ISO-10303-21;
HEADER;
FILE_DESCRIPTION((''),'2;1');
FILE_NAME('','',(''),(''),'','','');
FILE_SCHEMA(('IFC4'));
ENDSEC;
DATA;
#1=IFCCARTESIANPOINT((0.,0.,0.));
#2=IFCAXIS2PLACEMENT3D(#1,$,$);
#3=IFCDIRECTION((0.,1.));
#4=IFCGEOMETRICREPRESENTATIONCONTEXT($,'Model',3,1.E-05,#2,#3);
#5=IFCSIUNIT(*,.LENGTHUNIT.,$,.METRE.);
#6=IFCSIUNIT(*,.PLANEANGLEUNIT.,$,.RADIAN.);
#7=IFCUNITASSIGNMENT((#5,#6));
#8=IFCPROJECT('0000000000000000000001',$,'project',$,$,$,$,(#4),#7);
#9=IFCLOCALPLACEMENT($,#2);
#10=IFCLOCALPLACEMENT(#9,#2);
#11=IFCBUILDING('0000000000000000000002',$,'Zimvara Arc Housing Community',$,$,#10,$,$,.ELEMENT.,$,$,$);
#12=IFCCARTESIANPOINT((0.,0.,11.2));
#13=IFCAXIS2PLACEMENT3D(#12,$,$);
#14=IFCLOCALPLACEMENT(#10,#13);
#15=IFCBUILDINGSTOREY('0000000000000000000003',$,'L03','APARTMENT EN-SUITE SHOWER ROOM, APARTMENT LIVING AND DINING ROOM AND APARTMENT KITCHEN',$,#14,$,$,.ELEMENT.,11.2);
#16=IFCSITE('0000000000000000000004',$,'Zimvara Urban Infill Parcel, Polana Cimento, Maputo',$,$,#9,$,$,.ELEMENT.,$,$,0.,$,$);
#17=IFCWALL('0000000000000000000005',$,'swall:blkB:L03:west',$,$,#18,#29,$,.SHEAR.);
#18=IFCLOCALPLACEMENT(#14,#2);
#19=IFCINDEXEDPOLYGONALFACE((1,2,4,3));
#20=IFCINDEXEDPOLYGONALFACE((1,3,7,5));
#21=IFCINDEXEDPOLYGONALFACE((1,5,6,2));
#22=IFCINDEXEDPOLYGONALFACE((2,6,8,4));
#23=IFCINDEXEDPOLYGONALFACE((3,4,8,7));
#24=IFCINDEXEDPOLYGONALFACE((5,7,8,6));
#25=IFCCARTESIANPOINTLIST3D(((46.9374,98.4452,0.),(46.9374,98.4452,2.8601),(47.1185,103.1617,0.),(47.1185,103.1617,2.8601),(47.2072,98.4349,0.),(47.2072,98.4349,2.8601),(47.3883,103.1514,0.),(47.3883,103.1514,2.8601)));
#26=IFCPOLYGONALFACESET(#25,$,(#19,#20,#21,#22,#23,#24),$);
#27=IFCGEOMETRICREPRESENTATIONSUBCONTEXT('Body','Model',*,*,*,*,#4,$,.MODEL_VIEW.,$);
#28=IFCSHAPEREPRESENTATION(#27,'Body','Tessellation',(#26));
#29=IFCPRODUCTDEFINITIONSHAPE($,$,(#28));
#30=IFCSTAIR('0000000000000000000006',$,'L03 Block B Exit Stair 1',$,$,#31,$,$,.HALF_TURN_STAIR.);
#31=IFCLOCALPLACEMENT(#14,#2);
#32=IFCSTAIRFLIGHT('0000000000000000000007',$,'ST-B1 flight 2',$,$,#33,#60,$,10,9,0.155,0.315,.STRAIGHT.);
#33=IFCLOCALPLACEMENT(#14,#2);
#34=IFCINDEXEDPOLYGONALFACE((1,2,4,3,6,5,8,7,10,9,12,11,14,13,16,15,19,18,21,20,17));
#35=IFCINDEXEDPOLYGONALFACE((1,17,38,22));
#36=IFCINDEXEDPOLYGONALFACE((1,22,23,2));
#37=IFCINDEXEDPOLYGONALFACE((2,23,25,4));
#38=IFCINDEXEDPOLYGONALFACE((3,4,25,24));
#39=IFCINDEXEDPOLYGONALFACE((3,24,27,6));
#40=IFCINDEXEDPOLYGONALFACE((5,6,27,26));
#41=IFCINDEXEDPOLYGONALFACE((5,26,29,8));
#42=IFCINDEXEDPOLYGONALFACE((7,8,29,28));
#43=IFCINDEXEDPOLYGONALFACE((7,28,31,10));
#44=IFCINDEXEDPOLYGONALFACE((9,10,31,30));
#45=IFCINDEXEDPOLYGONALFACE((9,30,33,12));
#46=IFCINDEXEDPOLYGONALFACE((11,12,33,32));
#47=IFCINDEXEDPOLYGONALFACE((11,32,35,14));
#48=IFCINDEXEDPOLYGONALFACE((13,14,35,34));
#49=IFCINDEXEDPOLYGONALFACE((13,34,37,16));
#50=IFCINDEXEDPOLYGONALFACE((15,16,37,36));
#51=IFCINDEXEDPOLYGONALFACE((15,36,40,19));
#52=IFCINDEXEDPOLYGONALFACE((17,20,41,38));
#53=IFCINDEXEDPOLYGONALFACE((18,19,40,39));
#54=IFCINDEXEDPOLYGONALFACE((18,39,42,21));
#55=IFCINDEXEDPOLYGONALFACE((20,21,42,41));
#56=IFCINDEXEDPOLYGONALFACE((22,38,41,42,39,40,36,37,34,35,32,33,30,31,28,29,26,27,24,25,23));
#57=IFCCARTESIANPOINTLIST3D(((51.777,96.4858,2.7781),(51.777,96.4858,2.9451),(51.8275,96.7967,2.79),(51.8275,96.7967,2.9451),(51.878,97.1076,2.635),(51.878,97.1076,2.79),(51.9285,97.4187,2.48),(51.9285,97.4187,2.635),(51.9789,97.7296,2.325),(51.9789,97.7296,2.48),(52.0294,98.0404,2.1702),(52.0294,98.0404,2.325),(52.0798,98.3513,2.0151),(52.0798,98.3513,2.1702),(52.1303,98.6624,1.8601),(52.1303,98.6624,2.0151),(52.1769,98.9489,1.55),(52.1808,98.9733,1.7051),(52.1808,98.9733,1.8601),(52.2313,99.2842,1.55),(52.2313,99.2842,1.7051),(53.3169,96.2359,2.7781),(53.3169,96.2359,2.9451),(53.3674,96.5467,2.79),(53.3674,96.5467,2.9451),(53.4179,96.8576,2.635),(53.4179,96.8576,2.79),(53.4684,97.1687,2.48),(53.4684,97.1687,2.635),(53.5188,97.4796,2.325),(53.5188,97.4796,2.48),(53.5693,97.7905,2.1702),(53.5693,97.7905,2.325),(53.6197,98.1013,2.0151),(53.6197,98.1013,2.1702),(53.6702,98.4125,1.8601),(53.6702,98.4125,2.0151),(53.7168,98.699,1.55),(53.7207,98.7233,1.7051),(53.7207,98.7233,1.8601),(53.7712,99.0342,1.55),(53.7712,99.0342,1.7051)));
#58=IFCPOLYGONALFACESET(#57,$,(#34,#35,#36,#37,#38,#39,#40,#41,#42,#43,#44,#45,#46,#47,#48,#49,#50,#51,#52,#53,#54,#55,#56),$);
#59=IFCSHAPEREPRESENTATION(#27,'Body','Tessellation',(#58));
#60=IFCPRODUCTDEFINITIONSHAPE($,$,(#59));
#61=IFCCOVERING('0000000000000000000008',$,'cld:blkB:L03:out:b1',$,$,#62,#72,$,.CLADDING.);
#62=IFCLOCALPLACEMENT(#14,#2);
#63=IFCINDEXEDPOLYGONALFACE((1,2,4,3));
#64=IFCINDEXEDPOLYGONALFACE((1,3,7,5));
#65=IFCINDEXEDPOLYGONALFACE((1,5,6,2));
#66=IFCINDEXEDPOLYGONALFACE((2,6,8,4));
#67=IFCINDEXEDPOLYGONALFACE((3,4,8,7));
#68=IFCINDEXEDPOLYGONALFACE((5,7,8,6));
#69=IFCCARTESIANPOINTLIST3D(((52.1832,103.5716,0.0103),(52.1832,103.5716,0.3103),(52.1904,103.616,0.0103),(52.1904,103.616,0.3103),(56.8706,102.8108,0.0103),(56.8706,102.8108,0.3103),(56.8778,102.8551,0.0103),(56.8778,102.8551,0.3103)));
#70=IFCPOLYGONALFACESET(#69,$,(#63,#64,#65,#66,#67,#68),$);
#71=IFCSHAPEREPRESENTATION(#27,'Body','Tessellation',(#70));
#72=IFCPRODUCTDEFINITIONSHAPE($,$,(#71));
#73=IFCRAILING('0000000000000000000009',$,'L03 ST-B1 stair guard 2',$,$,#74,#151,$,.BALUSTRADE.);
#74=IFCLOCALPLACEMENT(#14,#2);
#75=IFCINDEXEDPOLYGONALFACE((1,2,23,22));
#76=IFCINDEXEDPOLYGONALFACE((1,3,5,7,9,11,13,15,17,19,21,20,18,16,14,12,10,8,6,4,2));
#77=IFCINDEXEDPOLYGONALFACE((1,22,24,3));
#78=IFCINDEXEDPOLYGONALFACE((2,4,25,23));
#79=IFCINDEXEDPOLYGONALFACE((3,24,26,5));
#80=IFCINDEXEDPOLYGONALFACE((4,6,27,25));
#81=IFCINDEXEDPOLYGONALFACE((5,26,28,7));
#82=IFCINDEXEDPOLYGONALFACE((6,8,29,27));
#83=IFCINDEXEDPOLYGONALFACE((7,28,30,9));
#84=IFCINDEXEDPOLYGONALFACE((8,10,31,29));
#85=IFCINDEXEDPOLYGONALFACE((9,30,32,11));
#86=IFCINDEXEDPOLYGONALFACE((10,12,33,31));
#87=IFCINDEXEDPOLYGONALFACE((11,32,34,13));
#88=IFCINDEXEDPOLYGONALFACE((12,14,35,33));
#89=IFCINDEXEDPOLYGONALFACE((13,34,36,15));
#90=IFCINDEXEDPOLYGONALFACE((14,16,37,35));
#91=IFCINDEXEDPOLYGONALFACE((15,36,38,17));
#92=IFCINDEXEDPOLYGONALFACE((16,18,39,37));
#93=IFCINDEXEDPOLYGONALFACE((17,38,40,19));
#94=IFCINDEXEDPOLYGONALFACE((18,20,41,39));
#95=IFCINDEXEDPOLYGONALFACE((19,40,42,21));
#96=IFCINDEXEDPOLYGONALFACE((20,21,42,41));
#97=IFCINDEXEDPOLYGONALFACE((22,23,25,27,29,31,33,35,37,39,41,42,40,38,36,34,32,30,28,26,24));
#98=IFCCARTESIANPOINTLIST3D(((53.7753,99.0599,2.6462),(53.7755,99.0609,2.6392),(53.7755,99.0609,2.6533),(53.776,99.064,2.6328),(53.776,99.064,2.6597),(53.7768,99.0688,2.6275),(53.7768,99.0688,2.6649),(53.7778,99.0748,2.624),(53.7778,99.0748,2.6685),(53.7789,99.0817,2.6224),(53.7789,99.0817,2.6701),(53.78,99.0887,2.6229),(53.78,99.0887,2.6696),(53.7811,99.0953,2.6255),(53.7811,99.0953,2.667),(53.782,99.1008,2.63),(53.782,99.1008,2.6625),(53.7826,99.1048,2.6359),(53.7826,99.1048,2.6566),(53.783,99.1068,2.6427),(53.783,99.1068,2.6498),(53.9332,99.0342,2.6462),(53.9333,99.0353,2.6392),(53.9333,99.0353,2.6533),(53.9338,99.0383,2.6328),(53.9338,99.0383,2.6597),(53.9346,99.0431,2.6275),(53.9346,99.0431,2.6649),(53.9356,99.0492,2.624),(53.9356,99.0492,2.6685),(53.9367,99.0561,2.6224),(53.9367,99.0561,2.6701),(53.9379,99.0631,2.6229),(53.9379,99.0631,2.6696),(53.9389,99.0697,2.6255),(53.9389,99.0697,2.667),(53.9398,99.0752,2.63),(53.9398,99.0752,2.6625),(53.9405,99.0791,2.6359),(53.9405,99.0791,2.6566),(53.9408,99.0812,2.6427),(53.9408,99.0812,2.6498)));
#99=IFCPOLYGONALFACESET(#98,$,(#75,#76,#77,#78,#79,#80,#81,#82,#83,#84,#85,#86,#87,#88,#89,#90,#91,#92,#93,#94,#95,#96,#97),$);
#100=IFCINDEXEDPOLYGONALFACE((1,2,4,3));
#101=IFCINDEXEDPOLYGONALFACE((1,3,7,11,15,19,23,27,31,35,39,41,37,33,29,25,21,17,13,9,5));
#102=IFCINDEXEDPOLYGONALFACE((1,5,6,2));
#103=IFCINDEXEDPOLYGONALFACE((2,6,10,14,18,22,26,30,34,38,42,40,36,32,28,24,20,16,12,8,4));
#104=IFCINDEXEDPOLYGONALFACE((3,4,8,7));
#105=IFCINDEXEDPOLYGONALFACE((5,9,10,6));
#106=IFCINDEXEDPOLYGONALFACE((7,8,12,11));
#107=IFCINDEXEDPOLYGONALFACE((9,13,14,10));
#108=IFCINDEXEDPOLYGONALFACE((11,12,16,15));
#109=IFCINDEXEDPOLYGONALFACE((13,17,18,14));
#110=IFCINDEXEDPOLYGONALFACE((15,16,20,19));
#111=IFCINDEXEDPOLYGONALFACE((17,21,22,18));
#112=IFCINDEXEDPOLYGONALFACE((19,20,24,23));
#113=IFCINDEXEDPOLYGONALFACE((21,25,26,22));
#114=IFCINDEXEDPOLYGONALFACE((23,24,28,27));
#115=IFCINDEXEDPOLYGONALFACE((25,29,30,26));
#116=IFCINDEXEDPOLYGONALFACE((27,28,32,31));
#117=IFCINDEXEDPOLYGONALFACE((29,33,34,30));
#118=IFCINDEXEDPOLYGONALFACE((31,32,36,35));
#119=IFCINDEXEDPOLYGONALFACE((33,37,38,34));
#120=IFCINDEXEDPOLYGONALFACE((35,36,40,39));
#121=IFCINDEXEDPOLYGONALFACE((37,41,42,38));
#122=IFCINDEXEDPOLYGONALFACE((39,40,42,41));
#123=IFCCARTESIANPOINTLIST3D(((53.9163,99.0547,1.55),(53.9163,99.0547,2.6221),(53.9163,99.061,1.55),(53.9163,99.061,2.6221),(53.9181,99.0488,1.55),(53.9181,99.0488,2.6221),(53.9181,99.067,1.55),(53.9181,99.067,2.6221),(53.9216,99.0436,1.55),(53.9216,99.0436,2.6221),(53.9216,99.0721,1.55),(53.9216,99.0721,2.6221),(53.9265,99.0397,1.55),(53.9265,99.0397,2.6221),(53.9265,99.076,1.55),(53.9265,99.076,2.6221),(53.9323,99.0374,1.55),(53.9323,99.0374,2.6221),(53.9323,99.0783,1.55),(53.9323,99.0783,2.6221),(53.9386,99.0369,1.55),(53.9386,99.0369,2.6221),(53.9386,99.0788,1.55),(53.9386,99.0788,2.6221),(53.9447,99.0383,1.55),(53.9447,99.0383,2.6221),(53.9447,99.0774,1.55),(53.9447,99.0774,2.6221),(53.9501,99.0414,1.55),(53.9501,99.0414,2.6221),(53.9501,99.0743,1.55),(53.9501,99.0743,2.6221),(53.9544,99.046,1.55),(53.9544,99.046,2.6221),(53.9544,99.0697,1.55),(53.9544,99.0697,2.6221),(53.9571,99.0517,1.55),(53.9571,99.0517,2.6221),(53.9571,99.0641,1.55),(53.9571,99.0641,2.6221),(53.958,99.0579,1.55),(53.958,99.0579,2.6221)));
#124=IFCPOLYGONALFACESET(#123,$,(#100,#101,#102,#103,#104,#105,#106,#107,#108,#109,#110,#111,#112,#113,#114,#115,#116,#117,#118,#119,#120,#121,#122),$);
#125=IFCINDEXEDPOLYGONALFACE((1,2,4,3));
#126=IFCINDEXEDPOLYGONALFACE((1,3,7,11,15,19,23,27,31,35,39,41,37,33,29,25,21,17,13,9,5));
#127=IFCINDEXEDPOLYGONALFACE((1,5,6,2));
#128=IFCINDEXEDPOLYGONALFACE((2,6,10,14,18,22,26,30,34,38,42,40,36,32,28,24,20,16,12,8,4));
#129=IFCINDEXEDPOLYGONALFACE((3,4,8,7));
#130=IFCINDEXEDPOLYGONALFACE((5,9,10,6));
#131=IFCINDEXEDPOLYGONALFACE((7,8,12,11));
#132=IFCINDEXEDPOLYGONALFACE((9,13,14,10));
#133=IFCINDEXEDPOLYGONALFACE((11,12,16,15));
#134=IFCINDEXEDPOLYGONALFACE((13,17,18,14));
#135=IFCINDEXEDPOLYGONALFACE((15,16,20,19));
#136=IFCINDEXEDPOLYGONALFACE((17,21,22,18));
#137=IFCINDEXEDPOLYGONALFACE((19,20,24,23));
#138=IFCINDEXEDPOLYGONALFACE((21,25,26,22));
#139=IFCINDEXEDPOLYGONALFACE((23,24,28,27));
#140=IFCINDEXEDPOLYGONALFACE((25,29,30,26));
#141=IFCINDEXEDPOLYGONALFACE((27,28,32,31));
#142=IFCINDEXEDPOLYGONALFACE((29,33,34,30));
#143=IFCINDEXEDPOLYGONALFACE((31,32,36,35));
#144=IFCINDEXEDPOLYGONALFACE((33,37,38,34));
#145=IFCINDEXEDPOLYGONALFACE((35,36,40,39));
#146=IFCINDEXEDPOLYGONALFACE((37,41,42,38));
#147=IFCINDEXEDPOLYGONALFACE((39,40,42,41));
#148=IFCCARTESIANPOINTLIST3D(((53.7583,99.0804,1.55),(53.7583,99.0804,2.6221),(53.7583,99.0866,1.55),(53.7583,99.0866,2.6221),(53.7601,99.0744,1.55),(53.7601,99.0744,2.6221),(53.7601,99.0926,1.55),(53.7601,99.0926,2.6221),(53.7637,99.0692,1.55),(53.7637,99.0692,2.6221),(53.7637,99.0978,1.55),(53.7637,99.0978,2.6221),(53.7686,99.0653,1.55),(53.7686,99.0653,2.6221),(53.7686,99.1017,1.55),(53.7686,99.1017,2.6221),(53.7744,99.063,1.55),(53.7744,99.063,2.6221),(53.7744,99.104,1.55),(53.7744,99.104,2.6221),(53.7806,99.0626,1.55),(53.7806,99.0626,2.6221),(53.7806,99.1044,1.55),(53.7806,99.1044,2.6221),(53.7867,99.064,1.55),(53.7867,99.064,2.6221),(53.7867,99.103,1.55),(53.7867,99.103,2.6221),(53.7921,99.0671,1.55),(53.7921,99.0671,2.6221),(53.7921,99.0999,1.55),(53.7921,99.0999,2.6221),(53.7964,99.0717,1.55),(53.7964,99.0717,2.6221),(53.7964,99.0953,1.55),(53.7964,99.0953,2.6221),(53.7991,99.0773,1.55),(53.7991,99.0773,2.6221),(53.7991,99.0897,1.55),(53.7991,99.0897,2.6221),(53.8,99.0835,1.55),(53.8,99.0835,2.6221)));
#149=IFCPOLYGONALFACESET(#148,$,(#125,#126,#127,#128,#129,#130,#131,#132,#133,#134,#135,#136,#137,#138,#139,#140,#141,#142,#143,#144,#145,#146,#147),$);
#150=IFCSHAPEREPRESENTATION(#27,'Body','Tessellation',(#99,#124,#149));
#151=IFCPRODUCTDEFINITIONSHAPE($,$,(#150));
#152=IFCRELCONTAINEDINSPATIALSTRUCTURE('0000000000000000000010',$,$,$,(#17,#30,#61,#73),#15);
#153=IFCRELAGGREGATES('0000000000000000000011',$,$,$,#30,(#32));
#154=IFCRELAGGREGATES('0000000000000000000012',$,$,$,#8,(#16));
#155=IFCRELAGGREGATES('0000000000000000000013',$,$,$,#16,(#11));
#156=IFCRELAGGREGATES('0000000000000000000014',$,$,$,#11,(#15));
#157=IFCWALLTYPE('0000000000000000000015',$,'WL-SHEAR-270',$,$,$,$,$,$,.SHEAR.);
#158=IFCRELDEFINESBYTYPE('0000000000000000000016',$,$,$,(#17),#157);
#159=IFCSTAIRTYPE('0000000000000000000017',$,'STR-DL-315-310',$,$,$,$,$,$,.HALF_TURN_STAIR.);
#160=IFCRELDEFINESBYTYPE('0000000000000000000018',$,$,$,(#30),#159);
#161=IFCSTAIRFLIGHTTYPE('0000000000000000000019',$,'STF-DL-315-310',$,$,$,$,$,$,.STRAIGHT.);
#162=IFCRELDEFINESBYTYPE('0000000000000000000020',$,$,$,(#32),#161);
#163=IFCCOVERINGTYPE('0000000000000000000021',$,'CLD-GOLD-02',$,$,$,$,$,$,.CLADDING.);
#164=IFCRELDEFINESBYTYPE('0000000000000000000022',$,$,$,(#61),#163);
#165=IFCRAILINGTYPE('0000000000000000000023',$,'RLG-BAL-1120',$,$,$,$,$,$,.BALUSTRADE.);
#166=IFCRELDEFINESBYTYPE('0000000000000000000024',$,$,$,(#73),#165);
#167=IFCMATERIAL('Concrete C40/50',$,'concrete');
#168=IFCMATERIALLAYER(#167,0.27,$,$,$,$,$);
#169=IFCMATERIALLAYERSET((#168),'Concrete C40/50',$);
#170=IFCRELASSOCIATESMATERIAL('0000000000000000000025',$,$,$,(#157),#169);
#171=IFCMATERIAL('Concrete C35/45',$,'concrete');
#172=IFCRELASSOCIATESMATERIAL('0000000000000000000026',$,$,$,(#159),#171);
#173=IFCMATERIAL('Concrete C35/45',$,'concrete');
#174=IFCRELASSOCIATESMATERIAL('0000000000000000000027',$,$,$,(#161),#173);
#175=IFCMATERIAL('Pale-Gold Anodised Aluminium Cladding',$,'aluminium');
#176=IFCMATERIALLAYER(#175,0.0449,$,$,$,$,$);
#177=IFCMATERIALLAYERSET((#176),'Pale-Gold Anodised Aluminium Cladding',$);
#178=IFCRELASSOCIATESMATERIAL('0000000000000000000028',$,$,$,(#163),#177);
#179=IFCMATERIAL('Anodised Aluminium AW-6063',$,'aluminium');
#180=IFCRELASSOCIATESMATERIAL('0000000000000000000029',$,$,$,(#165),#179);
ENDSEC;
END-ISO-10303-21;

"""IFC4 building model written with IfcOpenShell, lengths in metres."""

from ifc_helpers import new_model, si_unit, direction, frame, frame_2d, origin, origin_2d, place, context, subcontext, project, spatial, polyline, rectangle, circle, outline, extrude, material, layer, layer_set, type_object, element, aggregate, save


model = new_model("IFC4")

# Units and contexts
model_context = context("Model", 3, precision=1e-05, world=origin(), true_north=direction((0.0, 1.0)))
body_context = subcontext(model_context, "Body", "Model", "MODEL_VIEW")
ifc_project = project(units=[si_unit("LENGTHUNIT", "METRE"), si_unit("PLANEANGLEUNIT", "RADIAN")], contexts=[model_context])

# Site, building, storey
site_placement = place(None, origin())
site = spatial("IfcSite", under=ifc_project, at=site_placement, Name="Zimvara Urban Infill Parcel, Polana Cimento, Maputo", CompositionType="ELEMENT", RefElevation=0.0)
building_placement = place(site_placement, origin())
building = spatial("IfcBuilding", under=site, at=building_placement, Name="Zimvara Arc Housing Community", CompositionType="ELEMENT")
storey_placement = place(building_placement, frame((0.0, 0.0, 11.2)))
storey = spatial("IfcBuildingStorey", under=building, at=storey_placement, Name="L03", Description="APARTMENT EN-SUITE SHOWER ROOM, APARTMENT LIVING AND DINING ROOM AND APARTMENT KITCHEN", CompositionType="ELEMENT", Elevation=11.2)

# Wall
ifc_material_1 = material(Name="Concrete C40/50", Category="concrete")
ifc_layer_1 = layer(ifc_material_1, 0.27)
ifc_layer_set_1 = layer_set([ifc_layer_1], Name="Concrete C40/50")
wall_type_1 = type_object("IfcWallType", Name="WL-SHEAR-270", PredefinedType="SHEAR", material=ifc_layer_set_1)
wall_1_placement = place(storey_placement, frame((47.0723, 98.4402, 0.0), z_axis=(0.0, 0.0, 1.0), x_axis=(0.038379, 0.999263, 0.0)))
element("IfcWall", 1, at=wall_1_placement, inside=storey, type_object=wall_type_1, Name="swall:blkB:L03:west", PredefinedType="SHEAR", context=body_context, shape_type="SweptSolid", body=[
    extrude(rectangle(XDim=4.72, YDim=0.27, at=frame_2d((2.3599, 0.0))), origin(), (0.0, 0.0, 1.0), 2.8601),
])

# Stair, stair flight
ifc_material_2 = material(Name="Concrete C35/45", Category="concrete")
stair_type = type_object("IfcStairType", Name="STR-DL-315-310", PredefinedType="HALF_TURN_STAIR", material=ifc_material_2)
stair_placement = place(storey_placement, origin())
stair = element("IfcStair", 2, at=stair_placement, inside=storey, type_object=stair_type, Name="L03 Block B Exit Stair 1", PredefinedType="HALF_TURN_STAIR")
ifc_material_3 = material(Name="Concrete C35/45", Category="concrete")
stair_flight_type = type_object("IfcStairFlightType", Name="STF-DL-315-310", PredefinedType="STRAIGHT", material=ifc_material_3)
stair_flight_placement = place(storey_placement, frame((53.0012, 99.1592, 1.55), z_axis=(0.0, 0.0, 1.0), x_axis=(-0.160226, -0.98708, 0.0)))
stair_flight = element("IfcStairFlight", 3, at=stair_flight_placement, type_object=stair_flight_type, Name="ST-B1 flight 2", NumberOfRisers=10, NumberOfTreads=9, PredefinedType="STRAIGHT", RiserHeight=0.155, TreadLength=0.315, context=body_context, shape_type="SweptSolid", body=[
    extrude(outline(polyline([(0.0, 0.0), (0.0, 0.155), (0.3149, 0.155), (0.3149, 0.3101), (0.6299, 0.3101), (0.6299, 0.4651), (0.9451, 0.4651), (0.9451, 0.6201), (1.26, 0.6201), (1.26, 0.7749), (1.575, 0.7749), (1.575, 0.9299), (1.8899, 0.9299), (1.8899, 1.085), (2.2051, 1.085), (2.2051, 1.24), (2.52, 1.24), (2.52, 1.395), (2.835, 1.395), (2.835, 1.55), (2.835, 1.228), (0.3396, 0.0), (0.0, 0.0)])), frame((0.0, 0.78, 0.0), z_axis=(0.0, -1.0, 0.0), x_axis=(1.0, 0.0, 0.0)), (0.0, 0.0, 1.0), 1.5601),
])
aggregate(stair, [stair_flight])

# Covering
ifc_material_4 = material(Name="Pale-Gold Anodised Aluminium Cladding", Category="aluminium")
ifc_layer_2 = layer(ifc_material_4, 0.0449)
ifc_layer_set_2 = layer_set([ifc_layer_2], Name="Pale-Gold Anodised Aluminium Cladding")
covering_type = type_object("IfcCoveringType", Name="CLD-GOLD-02", PredefinedType="CLADDING", material=ifc_layer_set_2)
covering_placement = place(storey_placement, frame((54.5305, 103.2134, 0.0103), z_axis=(0.0, 0.0, 1.0), x_axis=(0.98708, -0.160226, 0.0)))
element("IfcCovering", 4, at=covering_placement, inside=storey, type_object=covering_type, Name="cld:blkB:L03:out:b1", PredefinedType="CLADDING", context=body_context, shape_type="SweptSolid", body=[
    extrude(rectangle(XDim=4.7488, YDim=0.0449, at=origin_2d()), origin(), (0.0, 0.0, 1.0), 0.3),
])

# Railing
ifc_material_5 = material(Name="Anodised Aluminium AW-6063", Category="aluminium")
railing_type_1 = type_object("IfcRailingType", Name="RLG-BAL-1120", PredefinedType="BALUSTRADE", material=ifc_material_5)
railing_1_placement = place(storey_placement, frame((53.937, 99.0579, 1.55)))
element("IfcRailing", 5, at=railing_1_placement, inside=storey, type_object=railing_type_1, Name="L03 ST-B1 stair guard 2", PredefinedType="BALUSTRADE", context=body_context, shape_type="SweptSolid", body=[
    extrude(circle(Radius=0.0239, at=origin_2d()), frame((0.0, 0.0, 1.0962), z_axis=(-0.987086, 0.160192, 0.0), x_axis=(-0.160192, -0.987086, 0.0)), (0.0, 0.0, 1.0), 0.1599),
    extrude(circle(Radius=0.021, at=origin_2d()), origin(), (0.0, 0.0, 1.0), 1.072),
    extrude(circle(Radius=0.021, at=origin_2d()), frame((-0.158, 0.0256, 0.0)), (0.0, 0.0, 1.0), 1.072),
])

save(model, "model.ifc")
